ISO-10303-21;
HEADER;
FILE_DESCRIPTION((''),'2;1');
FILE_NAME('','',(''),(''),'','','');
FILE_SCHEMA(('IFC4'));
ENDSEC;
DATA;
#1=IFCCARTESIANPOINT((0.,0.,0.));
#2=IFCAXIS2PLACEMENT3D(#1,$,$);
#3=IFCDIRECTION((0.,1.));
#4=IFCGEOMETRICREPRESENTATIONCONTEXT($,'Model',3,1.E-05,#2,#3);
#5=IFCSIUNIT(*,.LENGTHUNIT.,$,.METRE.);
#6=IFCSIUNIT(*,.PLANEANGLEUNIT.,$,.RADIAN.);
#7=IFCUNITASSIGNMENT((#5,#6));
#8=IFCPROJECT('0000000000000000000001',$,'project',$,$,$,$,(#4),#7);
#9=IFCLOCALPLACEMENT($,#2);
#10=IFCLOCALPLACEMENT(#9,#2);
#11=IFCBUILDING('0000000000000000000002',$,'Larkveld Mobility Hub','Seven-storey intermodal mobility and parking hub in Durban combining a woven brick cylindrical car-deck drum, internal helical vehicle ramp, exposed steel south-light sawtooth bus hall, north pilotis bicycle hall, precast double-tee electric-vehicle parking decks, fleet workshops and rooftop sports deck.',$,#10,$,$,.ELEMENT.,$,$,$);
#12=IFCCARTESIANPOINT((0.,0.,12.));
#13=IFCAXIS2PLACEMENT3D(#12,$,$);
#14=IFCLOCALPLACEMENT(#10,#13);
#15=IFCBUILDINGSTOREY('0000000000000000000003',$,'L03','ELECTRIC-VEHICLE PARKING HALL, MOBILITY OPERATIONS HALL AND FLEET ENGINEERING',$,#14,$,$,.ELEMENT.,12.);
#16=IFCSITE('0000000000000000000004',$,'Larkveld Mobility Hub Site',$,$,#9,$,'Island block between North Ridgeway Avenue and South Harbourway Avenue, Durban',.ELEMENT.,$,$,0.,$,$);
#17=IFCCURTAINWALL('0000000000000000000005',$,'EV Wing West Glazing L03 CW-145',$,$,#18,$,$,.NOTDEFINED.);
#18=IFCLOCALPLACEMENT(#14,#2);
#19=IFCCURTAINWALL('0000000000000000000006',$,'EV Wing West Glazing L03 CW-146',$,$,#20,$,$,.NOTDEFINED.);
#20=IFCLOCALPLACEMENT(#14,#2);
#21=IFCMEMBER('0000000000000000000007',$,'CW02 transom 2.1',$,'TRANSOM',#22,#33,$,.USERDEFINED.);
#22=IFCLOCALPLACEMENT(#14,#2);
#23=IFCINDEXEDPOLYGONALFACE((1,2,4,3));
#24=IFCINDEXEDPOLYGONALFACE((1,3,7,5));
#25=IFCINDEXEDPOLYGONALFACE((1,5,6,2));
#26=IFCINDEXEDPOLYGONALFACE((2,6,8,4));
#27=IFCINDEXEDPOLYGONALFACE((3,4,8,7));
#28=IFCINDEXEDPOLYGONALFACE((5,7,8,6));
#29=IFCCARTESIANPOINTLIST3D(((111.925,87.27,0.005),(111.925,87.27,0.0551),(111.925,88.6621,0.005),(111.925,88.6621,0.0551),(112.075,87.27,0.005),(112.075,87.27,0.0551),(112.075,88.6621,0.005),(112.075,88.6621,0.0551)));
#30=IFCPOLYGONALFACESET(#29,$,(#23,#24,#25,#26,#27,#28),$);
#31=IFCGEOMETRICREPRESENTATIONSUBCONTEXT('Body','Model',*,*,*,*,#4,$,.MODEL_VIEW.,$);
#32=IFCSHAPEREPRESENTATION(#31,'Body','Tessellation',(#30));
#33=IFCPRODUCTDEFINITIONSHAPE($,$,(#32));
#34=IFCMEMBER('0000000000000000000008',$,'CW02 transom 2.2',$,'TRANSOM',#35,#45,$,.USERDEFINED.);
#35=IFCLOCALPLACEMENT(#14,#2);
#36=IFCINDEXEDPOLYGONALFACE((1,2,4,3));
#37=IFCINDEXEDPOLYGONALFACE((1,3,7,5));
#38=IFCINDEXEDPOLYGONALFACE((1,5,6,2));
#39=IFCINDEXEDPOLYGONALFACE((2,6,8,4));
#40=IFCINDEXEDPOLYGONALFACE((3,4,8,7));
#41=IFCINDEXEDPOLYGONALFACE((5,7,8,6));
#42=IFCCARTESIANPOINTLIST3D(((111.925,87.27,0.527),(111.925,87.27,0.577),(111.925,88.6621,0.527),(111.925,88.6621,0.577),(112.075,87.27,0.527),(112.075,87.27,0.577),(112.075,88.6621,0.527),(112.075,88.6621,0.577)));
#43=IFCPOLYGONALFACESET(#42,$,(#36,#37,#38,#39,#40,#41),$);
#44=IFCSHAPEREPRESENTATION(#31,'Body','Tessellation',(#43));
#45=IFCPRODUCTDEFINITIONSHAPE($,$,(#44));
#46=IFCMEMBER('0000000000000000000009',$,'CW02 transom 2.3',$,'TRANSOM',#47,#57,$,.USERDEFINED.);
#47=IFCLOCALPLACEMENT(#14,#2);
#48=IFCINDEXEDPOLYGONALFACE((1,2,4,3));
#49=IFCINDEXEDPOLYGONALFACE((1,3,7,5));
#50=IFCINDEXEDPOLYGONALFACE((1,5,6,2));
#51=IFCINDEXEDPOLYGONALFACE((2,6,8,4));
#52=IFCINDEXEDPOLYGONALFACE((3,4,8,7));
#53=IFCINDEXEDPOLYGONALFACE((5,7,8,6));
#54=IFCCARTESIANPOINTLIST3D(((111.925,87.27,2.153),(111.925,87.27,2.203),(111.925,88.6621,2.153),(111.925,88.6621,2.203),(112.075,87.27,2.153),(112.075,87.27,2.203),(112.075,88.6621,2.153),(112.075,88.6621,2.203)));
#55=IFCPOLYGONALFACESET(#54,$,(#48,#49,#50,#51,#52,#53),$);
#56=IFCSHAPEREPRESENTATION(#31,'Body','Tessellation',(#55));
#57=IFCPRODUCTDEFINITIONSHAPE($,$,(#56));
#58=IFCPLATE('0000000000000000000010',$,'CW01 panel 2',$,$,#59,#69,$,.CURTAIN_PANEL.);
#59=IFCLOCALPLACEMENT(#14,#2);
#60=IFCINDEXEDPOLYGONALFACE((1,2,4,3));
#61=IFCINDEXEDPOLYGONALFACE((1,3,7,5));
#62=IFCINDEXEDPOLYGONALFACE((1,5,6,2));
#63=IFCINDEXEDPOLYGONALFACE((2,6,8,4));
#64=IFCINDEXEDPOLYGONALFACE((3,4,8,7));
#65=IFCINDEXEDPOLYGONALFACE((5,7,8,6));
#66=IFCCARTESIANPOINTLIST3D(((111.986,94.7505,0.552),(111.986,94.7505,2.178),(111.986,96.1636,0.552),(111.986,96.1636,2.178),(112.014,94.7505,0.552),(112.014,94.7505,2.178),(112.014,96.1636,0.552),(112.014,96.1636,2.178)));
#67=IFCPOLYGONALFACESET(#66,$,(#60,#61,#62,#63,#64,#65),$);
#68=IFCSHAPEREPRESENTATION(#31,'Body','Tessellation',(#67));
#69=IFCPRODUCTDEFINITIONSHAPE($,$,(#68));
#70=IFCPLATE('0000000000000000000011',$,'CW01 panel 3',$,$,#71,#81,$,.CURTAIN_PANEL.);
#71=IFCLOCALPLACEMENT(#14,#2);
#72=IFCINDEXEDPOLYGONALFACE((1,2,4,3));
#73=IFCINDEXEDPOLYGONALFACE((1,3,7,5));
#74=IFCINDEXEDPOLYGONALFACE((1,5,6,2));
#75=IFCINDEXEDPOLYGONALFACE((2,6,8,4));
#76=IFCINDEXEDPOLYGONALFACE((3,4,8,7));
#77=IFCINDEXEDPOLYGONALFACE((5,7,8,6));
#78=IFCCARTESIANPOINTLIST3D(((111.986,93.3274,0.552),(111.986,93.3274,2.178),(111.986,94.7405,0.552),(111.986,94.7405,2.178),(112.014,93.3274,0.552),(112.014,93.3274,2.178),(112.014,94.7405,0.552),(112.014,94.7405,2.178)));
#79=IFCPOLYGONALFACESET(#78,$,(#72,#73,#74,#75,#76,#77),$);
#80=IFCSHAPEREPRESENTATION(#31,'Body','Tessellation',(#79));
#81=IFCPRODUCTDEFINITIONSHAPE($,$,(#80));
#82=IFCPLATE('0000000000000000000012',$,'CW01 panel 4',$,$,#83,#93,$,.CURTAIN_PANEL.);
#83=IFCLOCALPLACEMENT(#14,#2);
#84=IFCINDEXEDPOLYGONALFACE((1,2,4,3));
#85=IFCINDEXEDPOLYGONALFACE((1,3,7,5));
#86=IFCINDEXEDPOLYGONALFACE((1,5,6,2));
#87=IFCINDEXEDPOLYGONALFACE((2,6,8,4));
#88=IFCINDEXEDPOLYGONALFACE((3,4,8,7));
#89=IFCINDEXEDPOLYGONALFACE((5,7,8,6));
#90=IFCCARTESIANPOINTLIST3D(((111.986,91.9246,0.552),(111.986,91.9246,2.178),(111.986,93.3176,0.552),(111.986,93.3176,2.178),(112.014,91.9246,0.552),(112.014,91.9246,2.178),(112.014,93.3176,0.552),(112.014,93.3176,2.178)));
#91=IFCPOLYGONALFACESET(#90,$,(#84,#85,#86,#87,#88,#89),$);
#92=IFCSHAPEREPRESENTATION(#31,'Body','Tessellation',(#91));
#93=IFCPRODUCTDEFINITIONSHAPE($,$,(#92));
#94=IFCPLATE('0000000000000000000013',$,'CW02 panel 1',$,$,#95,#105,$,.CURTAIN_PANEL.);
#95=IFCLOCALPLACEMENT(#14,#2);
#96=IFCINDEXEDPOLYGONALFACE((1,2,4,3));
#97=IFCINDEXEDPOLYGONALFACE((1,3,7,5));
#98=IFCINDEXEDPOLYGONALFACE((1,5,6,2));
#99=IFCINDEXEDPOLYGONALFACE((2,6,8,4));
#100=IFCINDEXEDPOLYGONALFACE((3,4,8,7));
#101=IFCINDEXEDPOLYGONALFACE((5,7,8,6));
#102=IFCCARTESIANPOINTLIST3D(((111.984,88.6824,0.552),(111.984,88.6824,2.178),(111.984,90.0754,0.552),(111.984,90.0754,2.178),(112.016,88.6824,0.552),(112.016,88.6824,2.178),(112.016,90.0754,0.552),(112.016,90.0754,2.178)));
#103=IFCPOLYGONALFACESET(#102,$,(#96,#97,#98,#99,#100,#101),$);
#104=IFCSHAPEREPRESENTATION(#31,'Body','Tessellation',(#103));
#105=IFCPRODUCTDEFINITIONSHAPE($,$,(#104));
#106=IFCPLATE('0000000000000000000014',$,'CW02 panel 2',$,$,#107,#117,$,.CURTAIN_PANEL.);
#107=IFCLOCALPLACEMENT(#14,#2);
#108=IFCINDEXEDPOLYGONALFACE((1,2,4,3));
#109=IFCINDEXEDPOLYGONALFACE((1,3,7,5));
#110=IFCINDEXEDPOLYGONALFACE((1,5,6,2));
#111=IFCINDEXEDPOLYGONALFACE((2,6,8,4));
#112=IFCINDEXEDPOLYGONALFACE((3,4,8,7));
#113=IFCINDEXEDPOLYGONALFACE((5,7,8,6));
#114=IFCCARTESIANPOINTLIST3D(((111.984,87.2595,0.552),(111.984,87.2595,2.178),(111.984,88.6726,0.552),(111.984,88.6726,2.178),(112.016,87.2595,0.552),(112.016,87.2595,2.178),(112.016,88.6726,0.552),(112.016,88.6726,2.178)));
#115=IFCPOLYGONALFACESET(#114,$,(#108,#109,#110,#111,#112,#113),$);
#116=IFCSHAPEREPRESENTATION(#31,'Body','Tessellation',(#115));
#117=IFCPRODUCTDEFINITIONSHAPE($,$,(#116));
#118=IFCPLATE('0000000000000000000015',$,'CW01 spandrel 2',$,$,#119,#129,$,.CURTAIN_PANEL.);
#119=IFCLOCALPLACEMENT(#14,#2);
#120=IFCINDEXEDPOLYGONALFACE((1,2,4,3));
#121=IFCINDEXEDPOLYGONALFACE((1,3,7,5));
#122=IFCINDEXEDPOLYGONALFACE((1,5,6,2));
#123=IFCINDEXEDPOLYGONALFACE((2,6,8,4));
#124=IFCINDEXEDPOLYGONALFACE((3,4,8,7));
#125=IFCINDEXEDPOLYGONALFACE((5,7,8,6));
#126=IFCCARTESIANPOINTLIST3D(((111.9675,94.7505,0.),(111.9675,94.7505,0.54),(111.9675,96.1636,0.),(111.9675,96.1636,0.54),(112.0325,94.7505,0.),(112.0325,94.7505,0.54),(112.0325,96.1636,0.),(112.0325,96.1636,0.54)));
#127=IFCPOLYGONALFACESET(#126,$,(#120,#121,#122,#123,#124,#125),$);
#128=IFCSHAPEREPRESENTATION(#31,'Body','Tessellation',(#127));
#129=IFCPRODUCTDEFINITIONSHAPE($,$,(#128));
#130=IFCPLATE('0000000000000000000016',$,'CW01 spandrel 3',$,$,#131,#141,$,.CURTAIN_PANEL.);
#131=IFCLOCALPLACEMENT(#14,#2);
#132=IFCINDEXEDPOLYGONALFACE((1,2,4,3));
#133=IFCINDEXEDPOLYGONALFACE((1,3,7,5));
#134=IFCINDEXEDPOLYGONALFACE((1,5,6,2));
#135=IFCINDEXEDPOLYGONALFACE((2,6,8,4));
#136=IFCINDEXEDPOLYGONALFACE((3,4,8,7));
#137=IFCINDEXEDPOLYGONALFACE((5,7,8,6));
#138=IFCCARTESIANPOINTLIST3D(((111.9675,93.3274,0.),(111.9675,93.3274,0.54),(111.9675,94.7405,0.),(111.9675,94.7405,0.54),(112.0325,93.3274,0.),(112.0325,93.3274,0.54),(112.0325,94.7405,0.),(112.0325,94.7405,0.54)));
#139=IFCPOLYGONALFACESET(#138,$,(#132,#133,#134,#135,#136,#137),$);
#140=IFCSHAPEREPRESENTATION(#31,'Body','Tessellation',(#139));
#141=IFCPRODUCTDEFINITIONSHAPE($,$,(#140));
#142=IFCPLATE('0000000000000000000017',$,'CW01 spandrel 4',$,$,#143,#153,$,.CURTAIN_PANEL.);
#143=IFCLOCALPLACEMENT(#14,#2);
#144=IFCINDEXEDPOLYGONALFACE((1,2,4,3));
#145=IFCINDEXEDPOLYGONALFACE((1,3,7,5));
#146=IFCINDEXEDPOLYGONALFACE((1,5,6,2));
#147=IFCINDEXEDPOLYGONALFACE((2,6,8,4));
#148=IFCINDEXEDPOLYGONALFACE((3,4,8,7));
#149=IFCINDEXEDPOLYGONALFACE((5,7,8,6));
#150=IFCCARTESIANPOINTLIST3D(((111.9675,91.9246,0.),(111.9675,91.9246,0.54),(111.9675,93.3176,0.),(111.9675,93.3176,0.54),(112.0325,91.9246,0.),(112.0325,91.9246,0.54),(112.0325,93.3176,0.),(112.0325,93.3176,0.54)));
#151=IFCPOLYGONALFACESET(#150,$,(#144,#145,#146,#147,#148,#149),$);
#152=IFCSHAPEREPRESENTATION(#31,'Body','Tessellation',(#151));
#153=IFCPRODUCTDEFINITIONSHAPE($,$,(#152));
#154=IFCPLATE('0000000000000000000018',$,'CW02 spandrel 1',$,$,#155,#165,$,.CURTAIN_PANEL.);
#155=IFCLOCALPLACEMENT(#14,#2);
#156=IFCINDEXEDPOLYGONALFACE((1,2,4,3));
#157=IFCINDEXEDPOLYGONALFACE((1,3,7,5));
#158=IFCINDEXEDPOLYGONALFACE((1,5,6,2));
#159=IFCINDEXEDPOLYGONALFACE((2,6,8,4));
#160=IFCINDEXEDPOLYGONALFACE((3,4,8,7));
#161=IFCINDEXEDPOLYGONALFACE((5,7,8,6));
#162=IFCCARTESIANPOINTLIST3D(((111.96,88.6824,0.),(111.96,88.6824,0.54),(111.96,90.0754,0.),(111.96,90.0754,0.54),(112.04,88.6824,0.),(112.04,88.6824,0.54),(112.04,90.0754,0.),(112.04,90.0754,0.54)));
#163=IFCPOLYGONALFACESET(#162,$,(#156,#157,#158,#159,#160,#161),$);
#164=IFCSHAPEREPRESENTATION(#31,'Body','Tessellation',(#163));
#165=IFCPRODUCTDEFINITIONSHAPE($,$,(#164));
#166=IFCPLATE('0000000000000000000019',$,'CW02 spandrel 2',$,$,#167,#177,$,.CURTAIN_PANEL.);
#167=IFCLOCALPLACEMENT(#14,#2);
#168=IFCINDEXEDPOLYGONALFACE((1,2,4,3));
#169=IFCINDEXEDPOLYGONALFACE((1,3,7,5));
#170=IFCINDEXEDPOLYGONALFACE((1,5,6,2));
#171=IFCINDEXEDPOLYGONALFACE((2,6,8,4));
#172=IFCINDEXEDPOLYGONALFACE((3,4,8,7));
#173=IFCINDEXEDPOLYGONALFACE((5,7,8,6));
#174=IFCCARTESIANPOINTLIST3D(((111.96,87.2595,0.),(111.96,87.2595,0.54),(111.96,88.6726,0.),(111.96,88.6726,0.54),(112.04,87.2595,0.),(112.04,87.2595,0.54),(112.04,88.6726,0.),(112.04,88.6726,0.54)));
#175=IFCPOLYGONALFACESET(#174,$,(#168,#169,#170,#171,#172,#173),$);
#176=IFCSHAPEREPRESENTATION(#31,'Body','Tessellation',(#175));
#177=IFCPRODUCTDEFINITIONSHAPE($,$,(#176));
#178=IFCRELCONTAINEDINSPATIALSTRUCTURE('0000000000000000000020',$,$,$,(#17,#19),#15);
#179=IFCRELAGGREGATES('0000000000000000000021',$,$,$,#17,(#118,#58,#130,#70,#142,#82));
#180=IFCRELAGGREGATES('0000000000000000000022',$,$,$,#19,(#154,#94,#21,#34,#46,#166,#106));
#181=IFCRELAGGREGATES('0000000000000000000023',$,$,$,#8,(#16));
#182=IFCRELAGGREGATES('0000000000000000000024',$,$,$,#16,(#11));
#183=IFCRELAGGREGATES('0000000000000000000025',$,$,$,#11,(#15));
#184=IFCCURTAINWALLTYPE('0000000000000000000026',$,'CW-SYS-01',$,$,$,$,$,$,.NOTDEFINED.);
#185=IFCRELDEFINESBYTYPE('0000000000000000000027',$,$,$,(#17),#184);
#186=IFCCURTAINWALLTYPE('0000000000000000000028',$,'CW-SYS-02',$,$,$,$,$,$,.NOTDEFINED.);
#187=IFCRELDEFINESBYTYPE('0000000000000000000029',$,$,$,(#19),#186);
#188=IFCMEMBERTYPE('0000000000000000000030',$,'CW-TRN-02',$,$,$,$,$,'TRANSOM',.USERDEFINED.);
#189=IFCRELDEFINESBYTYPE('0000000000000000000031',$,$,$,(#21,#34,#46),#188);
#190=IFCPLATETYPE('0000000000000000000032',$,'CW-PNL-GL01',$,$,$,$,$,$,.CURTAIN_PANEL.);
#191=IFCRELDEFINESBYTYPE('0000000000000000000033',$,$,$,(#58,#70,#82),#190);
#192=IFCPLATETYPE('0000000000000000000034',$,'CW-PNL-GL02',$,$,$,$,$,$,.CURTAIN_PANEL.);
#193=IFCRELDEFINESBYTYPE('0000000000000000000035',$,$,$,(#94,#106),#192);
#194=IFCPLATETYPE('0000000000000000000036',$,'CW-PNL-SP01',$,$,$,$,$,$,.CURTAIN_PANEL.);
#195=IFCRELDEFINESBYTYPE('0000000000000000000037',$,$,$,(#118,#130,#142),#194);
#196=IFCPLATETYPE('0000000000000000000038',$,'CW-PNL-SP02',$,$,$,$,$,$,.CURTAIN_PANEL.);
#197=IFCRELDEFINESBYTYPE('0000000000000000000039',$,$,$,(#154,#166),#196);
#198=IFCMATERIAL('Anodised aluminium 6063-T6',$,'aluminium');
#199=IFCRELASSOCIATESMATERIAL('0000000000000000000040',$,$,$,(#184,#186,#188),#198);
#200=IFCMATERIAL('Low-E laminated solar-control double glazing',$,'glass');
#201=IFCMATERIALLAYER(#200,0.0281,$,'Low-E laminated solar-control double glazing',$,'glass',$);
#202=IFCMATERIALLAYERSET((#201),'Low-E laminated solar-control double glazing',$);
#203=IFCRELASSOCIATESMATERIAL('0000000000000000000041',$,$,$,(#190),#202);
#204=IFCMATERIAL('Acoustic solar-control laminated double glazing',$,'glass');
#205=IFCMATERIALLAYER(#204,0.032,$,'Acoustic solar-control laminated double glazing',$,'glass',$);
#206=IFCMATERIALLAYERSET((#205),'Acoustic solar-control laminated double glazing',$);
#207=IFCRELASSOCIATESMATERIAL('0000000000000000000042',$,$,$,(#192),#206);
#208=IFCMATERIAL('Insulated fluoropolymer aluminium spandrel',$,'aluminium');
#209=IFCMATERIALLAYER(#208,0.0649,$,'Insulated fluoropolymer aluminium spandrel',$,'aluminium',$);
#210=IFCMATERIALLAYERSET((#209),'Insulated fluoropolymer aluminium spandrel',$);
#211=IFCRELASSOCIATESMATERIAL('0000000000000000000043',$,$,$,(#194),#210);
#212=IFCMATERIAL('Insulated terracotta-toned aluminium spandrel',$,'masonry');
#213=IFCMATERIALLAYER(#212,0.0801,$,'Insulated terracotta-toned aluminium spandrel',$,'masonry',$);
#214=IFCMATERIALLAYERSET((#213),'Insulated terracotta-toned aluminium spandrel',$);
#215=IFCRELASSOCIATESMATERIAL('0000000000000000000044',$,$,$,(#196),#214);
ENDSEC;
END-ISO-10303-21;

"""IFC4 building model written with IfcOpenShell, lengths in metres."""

from ifc_helpers import new_model, si_unit, direction, frame, origin, origin_2d, place, context, subcontext, project, spatial, rectangle, extrude, material, layer, layer_set, material_profile, profile_set, type_object, element, aggregate, save


model = new_model("IFC4")

# Units and contexts
model_context = context("Model", 3, precision=1e-05, world=origin(), true_north=direction((0.0, 1.0)))
body_context = subcontext(model_context, "Body", "Model", "MODEL_VIEW")
ifc_project = project(units=[si_unit("LENGTHUNIT", "METRE"), si_unit("PLANEANGLEUNIT", "RADIAN")], contexts=[model_context])

# Site, building, storey
site_placement = place(None, origin())
site = spatial("IfcSite", under=ifc_project, at=site_placement, Name="Larkveld Mobility Hub Site", LongName="Island block between North Ridgeway Avenue and South Harbourway Avenue, Durban", CompositionType="ELEMENT", RefElevation=0.0)
building_placement = place(site_placement, origin())
building = spatial("IfcBuilding", under=site, at=building_placement, Name="Larkveld Mobility Hub", Description="Seven-storey intermodal mobility and parking hub in Durban combining a woven brick cylindrical car-deck drum, internal helical vehicle ramp, exposed steel south-light sawtooth bus hall, north pilotis bicycle hall, precast double-tee electric-vehicle parking decks, fleet workshops and rooftop sports deck.", CompositionType="ELEMENT")
storey_placement = place(building_placement, frame((0.0, 0.0, 12.0)))
storey = spatial("IfcBuildingStorey", under=building, at=storey_placement, Name="L03", Description="ELECTRIC-VEHICLE PARKING HALL, MOBILITY OPERATIONS HALL AND FLEET ENGINEERING", CompositionType="ELEMENT", Elevation=12.0)

# Curtain walls
ifc_material_1 = material(Name="Anodised aluminium 6063-T6", Category="aluminium")
curtain_wall_type_1 = type_object("IfcCurtainWallType", Name="CW-SYS-01", PredefinedType="NOTDEFINED", material=ifc_material_1)
curtain_wall_1_placement = place(storey_placement, origin())
curtain_wall_1 = element("IfcCurtainWall", 1, at=curtain_wall_1_placement, inside=storey, type_object=curtain_wall_type_1, Name="EV Wing West Glazing L03 CW-145", PredefinedType="NOTDEFINED")
curtain_wall_type_2 = type_object("IfcCurtainWallType", Name="CW-SYS-02", PredefinedType="NOTDEFINED", material=ifc_material_1)
curtain_wall_2_placement = place(storey_placement, origin())
curtain_wall_2 = element("IfcCurtainWall", 2, at=curtain_wall_2_placement, inside=storey, type_object=curtain_wall_type_2, Name="EV Wing West Glazing L03 CW-146", PredefinedType="NOTDEFINED")

# Members
ifc_material_profile_1 = material_profile(ifc_material_1, rectangle(XDim=0.1499, YDim=0.05, at=origin_2d()), Name="ALU TRAN 50x150")
ifc_profile_set_1 = profile_set([ifc_material_profile_1], Name="Anodised aluminium 6063-T6")
member_type_1 = type_object("IfcMemberType", Name="CW-TRN-02", ElementType="TRANSOM", PredefinedType="USERDEFINED", material=ifc_profile_set_1)
member_1_placement = place(storey_placement, frame((112.0, 88.6621, 0.03), z_axis=(0.0, -1.0, 0.0), x_axis=(1.0, 0.0, 0.0)))
member_1 = element("IfcMember", 3, at=member_1_placement, type_object=member_type_1, Name="CW02 transom 2.1", ObjectType="TRANSOM", PredefinedType="USERDEFINED", context=body_context, shape_type="SweptSolid", body=[
    extrude(rectangle(XDim=0.1499, YDim=0.05, at=origin_2d()), origin(), (0.0, 0.0, 1.0), 1.3921),
])
member_2_placement = place(storey_placement, frame((112.0, 88.6621, 0.552), z_axis=(0.0, -1.0, 0.0), x_axis=(1.0, 0.0, 0.0)))
member_2 = element("IfcMember", 4, at=member_2_placement, type_object=member_type_1, Name="CW02 transom 2.2", ObjectType="TRANSOM", PredefinedType="USERDEFINED", context=body_context, shape_type="SweptSolid", body=[
    extrude(rectangle(XDim=0.1499, YDim=0.05, at=origin_2d()), origin(), (0.0, 0.0, 1.0), 1.3921),
])
member_3_placement = place(storey_placement, frame((112.0, 88.6621, 2.178), z_axis=(0.0, -1.0, 0.0), x_axis=(1.0, 0.0, 0.0)))
member_3 = element("IfcMember", 5, at=member_3_placement, type_object=member_type_1, Name="CW02 transom 2.3", ObjectType="TRANSOM", PredefinedType="USERDEFINED", context=body_context, shape_type="SweptSolid", body=[
    extrude(rectangle(XDim=0.1499, YDim=0.05, at=origin_2d()), origin(), (0.0, 0.0, 1.0), 1.3921),
])

# Plates
ifc_material_2 = material(Name="Low-E laminated solar-control double glazing", Category="glass")
ifc_layer_1 = layer(ifc_material_2, 0.0281, Name="Low-E laminated solar-control double glazing", Category="glass")
ifc_layer_set_1 = layer_set([ifc_layer_1], Name="Low-E laminated solar-control double glazing")
plate_type_1 = type_object("IfcPlateType", Name="CW-PNL-GL01", PredefinedType="CURTAIN_PANEL", material=ifc_layer_set_1)
plate_1_placement = place(storey_placement, frame((112.0, 95.457, 0.552), z_axis=(0.0, 0.0, 1.0), x_axis=(0.0, -1.0, 0.0)))
plate_1 = element("IfcPlate", 6, at=plate_1_placement, type_object=plate_type_1, Name="CW01 panel 2", PredefinedType="CURTAIN_PANEL", context=body_context, shape_type="SweptSolid", body=[
    extrude(rectangle(XDim=1.4131, YDim=0.0281, at=origin_2d()), origin(), (0.0, 0.0, 1.0), 1.626),
])
plate_2_placement = place(storey_placement, frame((112.0, 94.0339, 0.552), z_axis=(0.0, 0.0, 1.0), x_axis=(0.0, -1.0, 0.0)))
plate_2 = element("IfcPlate", 7, at=plate_2_placement, type_object=plate_type_1, Name="CW01 panel 3", PredefinedType="CURTAIN_PANEL", context=body_context, shape_type="SweptSolid", body=[
    extrude(rectangle(XDim=1.4131, YDim=0.0281, at=origin_2d()), origin(), (0.0, 0.0, 1.0), 1.626),
])
plate_3_placement = place(storey_placement, frame((112.0, 92.6211, 0.552), z_axis=(0.0, 0.0, 1.0), x_axis=(0.0, -1.0, 0.0)))
plate_3 = element("IfcPlate", 8, at=plate_3_placement, type_object=plate_type_1, Name="CW01 panel 4", PredefinedType="CURTAIN_PANEL", context=body_context, shape_type="SweptSolid", body=[
    extrude(rectangle(XDim=1.3931, YDim=0.0281, at=origin_2d()), origin(), (0.0, 0.0, 1.0), 1.626),
])
ifc_material_3 = material(Name="Acoustic solar-control laminated double glazing", Category="glass")
ifc_layer_2 = layer(ifc_material_3, 0.032, Name="Acoustic solar-control laminated double glazing", Category="glass")
ifc_layer_set_2 = layer_set([ifc_layer_2], Name="Acoustic solar-control laminated double glazing")
plate_type_2 = type_object("IfcPlateType", Name="CW-PNL-GL02", PredefinedType="CURTAIN_PANEL", material=ifc_layer_set_2)
plate_4_placement = place(storey_placement, frame((112.0, 89.3789, 0.552), z_axis=(0.0, 0.0, 1.0), x_axis=(0.0, -1.0, 0.0)))
plate_4 = element("IfcPlate", 9, at=plate_4_placement, type_object=plate_type_2, Name="CW02 panel 1", PredefinedType="CURTAIN_PANEL", context=body_context, shape_type="SweptSolid", body=[
    extrude(rectangle(XDim=1.3931, YDim=0.032, at=origin_2d()), origin(), (0.0, 0.0, 1.0), 1.626),
])
plate_5_placement = place(storey_placement, frame((112.0, 87.9661, 0.552), z_axis=(0.0, 0.0, 1.0), x_axis=(0.0, -1.0, 0.0)))
plate_5 = element("IfcPlate", 10, at=plate_5_placement, type_object=plate_type_2, Name="CW02 panel 2", PredefinedType="CURTAIN_PANEL", context=body_context, shape_type="SweptSolid", body=[
    extrude(rectangle(XDim=1.4131, YDim=0.032, at=origin_2d()), origin(), (0.0, 0.0, 1.0), 1.626),
])
ifc_material_4 = material(Name="Insulated fluoropolymer aluminium spandrel", Category="aluminium")
ifc_layer_3 = layer(ifc_material_4, 0.0649, Name="Insulated fluoropolymer aluminium spandrel", Category="aluminium")
ifc_layer_set_3 = layer_set([ifc_layer_3], Name="Insulated fluoropolymer aluminium spandrel")
plate_type_3 = type_object("IfcPlateType", Name="CW-PNL-SP01", PredefinedType="CURTAIN_PANEL", material=ifc_layer_set_3)
plate_6_placement = place(storey_placement, frame((112.0, 95.457, 0.0), z_axis=(0.0, 0.0, 1.0), x_axis=(0.0, -1.0, 0.0)))
plate_6 = element("IfcPlate", 11, at=plate_6_placement, type_object=plate_type_3, Name="CW01 spandrel 2", PredefinedType="CURTAIN_PANEL", context=body_context, shape_type="SweptSolid", body=[
    extrude(rectangle(XDim=1.4131, YDim=0.0649, at=origin_2d()), origin(), (0.0, 0.0, 1.0), 0.54),
])
plate_7_placement = place(storey_placement, frame((112.0, 94.0339, 0.0), z_axis=(0.0, 0.0, 1.0), x_axis=(0.0, -1.0, 0.0)))
plate_7 = element("IfcPlate", 12, at=plate_7_placement, type_object=plate_type_3, Name="CW01 spandrel 3", PredefinedType="CURTAIN_PANEL", context=body_context, shape_type="SweptSolid", body=[
    extrude(rectangle(XDim=1.4131, YDim=0.0649, at=origin_2d()), origin(), (0.0, 0.0, 1.0), 0.54),
])
plate_8_placement = place(storey_placement, frame((112.0, 92.6211, 0.0), z_axis=(0.0, 0.0, 1.0), x_axis=(0.0, -1.0, 0.0)))
plate_8 = element("IfcPlate", 13, at=plate_8_placement, type_object=plate_type_3, Name="CW01 spandrel 4", PredefinedType="CURTAIN_PANEL", context=body_context, shape_type="SweptSolid", body=[
    extrude(rectangle(XDim=1.3931, YDim=0.0649, at=origin_2d()), origin(), (0.0, 0.0, 1.0), 0.54),
])
aggregate(curtain_wall_1, [plate_6, plate_1, plate_7, plate_2, plate_8, plate_3])
ifc_material_5 = material(Name="Insulated terracotta-toned aluminium spandrel", Category="masonry")
ifc_layer_4 = layer(ifc_material_5, 0.0801, Name="Insulated terracotta-toned aluminium spandrel", Category="masonry")
ifc_layer_set_4 = layer_set([ifc_layer_4], Name="Insulated terracotta-toned aluminium spandrel")
plate_type_4 = type_object("IfcPlateType", Name="CW-PNL-SP02", PredefinedType="CURTAIN_PANEL", material=ifc_layer_set_4)
plate_9_placement = place(storey_placement, frame((112.0, 89.3789, 0.0), z_axis=(0.0, 0.0, 1.0), x_axis=(0.0, -1.0, 0.0)))
plate_9 = element("IfcPlate", 14, at=plate_9_placement, type_object=plate_type_4, Name="CW02 spandrel 1", PredefinedType="CURTAIN_PANEL", context=body_context, shape_type="SweptSolid", body=[
    extrude(rectangle(XDim=1.3931, YDim=0.0801, at=origin_2d()), origin(), (0.0, 0.0, 1.0), 0.54),
])
plate_10_placement = place(storey_placement, frame((112.0, 87.9661, 0.0), z_axis=(0.0, 0.0, 1.0), x_axis=(0.0, -1.0, 0.0)))
plate_10 = element("IfcPlate", 15, at=plate_10_placement, type_object=plate_type_4, Name="CW02 spandrel 2", PredefinedType="CURTAIN_PANEL", context=body_context, shape_type="SweptSolid", body=[
    extrude(rectangle(XDim=1.4131, YDim=0.0801, at=origin_2d()), origin(), (0.0, 0.0, 1.0), 0.54),
])
aggregate(curtain_wall_2, [plate_9, plate_4, member_1, member_2, member_3, plate_10, plate_5])

save(model, "model.ifc")
